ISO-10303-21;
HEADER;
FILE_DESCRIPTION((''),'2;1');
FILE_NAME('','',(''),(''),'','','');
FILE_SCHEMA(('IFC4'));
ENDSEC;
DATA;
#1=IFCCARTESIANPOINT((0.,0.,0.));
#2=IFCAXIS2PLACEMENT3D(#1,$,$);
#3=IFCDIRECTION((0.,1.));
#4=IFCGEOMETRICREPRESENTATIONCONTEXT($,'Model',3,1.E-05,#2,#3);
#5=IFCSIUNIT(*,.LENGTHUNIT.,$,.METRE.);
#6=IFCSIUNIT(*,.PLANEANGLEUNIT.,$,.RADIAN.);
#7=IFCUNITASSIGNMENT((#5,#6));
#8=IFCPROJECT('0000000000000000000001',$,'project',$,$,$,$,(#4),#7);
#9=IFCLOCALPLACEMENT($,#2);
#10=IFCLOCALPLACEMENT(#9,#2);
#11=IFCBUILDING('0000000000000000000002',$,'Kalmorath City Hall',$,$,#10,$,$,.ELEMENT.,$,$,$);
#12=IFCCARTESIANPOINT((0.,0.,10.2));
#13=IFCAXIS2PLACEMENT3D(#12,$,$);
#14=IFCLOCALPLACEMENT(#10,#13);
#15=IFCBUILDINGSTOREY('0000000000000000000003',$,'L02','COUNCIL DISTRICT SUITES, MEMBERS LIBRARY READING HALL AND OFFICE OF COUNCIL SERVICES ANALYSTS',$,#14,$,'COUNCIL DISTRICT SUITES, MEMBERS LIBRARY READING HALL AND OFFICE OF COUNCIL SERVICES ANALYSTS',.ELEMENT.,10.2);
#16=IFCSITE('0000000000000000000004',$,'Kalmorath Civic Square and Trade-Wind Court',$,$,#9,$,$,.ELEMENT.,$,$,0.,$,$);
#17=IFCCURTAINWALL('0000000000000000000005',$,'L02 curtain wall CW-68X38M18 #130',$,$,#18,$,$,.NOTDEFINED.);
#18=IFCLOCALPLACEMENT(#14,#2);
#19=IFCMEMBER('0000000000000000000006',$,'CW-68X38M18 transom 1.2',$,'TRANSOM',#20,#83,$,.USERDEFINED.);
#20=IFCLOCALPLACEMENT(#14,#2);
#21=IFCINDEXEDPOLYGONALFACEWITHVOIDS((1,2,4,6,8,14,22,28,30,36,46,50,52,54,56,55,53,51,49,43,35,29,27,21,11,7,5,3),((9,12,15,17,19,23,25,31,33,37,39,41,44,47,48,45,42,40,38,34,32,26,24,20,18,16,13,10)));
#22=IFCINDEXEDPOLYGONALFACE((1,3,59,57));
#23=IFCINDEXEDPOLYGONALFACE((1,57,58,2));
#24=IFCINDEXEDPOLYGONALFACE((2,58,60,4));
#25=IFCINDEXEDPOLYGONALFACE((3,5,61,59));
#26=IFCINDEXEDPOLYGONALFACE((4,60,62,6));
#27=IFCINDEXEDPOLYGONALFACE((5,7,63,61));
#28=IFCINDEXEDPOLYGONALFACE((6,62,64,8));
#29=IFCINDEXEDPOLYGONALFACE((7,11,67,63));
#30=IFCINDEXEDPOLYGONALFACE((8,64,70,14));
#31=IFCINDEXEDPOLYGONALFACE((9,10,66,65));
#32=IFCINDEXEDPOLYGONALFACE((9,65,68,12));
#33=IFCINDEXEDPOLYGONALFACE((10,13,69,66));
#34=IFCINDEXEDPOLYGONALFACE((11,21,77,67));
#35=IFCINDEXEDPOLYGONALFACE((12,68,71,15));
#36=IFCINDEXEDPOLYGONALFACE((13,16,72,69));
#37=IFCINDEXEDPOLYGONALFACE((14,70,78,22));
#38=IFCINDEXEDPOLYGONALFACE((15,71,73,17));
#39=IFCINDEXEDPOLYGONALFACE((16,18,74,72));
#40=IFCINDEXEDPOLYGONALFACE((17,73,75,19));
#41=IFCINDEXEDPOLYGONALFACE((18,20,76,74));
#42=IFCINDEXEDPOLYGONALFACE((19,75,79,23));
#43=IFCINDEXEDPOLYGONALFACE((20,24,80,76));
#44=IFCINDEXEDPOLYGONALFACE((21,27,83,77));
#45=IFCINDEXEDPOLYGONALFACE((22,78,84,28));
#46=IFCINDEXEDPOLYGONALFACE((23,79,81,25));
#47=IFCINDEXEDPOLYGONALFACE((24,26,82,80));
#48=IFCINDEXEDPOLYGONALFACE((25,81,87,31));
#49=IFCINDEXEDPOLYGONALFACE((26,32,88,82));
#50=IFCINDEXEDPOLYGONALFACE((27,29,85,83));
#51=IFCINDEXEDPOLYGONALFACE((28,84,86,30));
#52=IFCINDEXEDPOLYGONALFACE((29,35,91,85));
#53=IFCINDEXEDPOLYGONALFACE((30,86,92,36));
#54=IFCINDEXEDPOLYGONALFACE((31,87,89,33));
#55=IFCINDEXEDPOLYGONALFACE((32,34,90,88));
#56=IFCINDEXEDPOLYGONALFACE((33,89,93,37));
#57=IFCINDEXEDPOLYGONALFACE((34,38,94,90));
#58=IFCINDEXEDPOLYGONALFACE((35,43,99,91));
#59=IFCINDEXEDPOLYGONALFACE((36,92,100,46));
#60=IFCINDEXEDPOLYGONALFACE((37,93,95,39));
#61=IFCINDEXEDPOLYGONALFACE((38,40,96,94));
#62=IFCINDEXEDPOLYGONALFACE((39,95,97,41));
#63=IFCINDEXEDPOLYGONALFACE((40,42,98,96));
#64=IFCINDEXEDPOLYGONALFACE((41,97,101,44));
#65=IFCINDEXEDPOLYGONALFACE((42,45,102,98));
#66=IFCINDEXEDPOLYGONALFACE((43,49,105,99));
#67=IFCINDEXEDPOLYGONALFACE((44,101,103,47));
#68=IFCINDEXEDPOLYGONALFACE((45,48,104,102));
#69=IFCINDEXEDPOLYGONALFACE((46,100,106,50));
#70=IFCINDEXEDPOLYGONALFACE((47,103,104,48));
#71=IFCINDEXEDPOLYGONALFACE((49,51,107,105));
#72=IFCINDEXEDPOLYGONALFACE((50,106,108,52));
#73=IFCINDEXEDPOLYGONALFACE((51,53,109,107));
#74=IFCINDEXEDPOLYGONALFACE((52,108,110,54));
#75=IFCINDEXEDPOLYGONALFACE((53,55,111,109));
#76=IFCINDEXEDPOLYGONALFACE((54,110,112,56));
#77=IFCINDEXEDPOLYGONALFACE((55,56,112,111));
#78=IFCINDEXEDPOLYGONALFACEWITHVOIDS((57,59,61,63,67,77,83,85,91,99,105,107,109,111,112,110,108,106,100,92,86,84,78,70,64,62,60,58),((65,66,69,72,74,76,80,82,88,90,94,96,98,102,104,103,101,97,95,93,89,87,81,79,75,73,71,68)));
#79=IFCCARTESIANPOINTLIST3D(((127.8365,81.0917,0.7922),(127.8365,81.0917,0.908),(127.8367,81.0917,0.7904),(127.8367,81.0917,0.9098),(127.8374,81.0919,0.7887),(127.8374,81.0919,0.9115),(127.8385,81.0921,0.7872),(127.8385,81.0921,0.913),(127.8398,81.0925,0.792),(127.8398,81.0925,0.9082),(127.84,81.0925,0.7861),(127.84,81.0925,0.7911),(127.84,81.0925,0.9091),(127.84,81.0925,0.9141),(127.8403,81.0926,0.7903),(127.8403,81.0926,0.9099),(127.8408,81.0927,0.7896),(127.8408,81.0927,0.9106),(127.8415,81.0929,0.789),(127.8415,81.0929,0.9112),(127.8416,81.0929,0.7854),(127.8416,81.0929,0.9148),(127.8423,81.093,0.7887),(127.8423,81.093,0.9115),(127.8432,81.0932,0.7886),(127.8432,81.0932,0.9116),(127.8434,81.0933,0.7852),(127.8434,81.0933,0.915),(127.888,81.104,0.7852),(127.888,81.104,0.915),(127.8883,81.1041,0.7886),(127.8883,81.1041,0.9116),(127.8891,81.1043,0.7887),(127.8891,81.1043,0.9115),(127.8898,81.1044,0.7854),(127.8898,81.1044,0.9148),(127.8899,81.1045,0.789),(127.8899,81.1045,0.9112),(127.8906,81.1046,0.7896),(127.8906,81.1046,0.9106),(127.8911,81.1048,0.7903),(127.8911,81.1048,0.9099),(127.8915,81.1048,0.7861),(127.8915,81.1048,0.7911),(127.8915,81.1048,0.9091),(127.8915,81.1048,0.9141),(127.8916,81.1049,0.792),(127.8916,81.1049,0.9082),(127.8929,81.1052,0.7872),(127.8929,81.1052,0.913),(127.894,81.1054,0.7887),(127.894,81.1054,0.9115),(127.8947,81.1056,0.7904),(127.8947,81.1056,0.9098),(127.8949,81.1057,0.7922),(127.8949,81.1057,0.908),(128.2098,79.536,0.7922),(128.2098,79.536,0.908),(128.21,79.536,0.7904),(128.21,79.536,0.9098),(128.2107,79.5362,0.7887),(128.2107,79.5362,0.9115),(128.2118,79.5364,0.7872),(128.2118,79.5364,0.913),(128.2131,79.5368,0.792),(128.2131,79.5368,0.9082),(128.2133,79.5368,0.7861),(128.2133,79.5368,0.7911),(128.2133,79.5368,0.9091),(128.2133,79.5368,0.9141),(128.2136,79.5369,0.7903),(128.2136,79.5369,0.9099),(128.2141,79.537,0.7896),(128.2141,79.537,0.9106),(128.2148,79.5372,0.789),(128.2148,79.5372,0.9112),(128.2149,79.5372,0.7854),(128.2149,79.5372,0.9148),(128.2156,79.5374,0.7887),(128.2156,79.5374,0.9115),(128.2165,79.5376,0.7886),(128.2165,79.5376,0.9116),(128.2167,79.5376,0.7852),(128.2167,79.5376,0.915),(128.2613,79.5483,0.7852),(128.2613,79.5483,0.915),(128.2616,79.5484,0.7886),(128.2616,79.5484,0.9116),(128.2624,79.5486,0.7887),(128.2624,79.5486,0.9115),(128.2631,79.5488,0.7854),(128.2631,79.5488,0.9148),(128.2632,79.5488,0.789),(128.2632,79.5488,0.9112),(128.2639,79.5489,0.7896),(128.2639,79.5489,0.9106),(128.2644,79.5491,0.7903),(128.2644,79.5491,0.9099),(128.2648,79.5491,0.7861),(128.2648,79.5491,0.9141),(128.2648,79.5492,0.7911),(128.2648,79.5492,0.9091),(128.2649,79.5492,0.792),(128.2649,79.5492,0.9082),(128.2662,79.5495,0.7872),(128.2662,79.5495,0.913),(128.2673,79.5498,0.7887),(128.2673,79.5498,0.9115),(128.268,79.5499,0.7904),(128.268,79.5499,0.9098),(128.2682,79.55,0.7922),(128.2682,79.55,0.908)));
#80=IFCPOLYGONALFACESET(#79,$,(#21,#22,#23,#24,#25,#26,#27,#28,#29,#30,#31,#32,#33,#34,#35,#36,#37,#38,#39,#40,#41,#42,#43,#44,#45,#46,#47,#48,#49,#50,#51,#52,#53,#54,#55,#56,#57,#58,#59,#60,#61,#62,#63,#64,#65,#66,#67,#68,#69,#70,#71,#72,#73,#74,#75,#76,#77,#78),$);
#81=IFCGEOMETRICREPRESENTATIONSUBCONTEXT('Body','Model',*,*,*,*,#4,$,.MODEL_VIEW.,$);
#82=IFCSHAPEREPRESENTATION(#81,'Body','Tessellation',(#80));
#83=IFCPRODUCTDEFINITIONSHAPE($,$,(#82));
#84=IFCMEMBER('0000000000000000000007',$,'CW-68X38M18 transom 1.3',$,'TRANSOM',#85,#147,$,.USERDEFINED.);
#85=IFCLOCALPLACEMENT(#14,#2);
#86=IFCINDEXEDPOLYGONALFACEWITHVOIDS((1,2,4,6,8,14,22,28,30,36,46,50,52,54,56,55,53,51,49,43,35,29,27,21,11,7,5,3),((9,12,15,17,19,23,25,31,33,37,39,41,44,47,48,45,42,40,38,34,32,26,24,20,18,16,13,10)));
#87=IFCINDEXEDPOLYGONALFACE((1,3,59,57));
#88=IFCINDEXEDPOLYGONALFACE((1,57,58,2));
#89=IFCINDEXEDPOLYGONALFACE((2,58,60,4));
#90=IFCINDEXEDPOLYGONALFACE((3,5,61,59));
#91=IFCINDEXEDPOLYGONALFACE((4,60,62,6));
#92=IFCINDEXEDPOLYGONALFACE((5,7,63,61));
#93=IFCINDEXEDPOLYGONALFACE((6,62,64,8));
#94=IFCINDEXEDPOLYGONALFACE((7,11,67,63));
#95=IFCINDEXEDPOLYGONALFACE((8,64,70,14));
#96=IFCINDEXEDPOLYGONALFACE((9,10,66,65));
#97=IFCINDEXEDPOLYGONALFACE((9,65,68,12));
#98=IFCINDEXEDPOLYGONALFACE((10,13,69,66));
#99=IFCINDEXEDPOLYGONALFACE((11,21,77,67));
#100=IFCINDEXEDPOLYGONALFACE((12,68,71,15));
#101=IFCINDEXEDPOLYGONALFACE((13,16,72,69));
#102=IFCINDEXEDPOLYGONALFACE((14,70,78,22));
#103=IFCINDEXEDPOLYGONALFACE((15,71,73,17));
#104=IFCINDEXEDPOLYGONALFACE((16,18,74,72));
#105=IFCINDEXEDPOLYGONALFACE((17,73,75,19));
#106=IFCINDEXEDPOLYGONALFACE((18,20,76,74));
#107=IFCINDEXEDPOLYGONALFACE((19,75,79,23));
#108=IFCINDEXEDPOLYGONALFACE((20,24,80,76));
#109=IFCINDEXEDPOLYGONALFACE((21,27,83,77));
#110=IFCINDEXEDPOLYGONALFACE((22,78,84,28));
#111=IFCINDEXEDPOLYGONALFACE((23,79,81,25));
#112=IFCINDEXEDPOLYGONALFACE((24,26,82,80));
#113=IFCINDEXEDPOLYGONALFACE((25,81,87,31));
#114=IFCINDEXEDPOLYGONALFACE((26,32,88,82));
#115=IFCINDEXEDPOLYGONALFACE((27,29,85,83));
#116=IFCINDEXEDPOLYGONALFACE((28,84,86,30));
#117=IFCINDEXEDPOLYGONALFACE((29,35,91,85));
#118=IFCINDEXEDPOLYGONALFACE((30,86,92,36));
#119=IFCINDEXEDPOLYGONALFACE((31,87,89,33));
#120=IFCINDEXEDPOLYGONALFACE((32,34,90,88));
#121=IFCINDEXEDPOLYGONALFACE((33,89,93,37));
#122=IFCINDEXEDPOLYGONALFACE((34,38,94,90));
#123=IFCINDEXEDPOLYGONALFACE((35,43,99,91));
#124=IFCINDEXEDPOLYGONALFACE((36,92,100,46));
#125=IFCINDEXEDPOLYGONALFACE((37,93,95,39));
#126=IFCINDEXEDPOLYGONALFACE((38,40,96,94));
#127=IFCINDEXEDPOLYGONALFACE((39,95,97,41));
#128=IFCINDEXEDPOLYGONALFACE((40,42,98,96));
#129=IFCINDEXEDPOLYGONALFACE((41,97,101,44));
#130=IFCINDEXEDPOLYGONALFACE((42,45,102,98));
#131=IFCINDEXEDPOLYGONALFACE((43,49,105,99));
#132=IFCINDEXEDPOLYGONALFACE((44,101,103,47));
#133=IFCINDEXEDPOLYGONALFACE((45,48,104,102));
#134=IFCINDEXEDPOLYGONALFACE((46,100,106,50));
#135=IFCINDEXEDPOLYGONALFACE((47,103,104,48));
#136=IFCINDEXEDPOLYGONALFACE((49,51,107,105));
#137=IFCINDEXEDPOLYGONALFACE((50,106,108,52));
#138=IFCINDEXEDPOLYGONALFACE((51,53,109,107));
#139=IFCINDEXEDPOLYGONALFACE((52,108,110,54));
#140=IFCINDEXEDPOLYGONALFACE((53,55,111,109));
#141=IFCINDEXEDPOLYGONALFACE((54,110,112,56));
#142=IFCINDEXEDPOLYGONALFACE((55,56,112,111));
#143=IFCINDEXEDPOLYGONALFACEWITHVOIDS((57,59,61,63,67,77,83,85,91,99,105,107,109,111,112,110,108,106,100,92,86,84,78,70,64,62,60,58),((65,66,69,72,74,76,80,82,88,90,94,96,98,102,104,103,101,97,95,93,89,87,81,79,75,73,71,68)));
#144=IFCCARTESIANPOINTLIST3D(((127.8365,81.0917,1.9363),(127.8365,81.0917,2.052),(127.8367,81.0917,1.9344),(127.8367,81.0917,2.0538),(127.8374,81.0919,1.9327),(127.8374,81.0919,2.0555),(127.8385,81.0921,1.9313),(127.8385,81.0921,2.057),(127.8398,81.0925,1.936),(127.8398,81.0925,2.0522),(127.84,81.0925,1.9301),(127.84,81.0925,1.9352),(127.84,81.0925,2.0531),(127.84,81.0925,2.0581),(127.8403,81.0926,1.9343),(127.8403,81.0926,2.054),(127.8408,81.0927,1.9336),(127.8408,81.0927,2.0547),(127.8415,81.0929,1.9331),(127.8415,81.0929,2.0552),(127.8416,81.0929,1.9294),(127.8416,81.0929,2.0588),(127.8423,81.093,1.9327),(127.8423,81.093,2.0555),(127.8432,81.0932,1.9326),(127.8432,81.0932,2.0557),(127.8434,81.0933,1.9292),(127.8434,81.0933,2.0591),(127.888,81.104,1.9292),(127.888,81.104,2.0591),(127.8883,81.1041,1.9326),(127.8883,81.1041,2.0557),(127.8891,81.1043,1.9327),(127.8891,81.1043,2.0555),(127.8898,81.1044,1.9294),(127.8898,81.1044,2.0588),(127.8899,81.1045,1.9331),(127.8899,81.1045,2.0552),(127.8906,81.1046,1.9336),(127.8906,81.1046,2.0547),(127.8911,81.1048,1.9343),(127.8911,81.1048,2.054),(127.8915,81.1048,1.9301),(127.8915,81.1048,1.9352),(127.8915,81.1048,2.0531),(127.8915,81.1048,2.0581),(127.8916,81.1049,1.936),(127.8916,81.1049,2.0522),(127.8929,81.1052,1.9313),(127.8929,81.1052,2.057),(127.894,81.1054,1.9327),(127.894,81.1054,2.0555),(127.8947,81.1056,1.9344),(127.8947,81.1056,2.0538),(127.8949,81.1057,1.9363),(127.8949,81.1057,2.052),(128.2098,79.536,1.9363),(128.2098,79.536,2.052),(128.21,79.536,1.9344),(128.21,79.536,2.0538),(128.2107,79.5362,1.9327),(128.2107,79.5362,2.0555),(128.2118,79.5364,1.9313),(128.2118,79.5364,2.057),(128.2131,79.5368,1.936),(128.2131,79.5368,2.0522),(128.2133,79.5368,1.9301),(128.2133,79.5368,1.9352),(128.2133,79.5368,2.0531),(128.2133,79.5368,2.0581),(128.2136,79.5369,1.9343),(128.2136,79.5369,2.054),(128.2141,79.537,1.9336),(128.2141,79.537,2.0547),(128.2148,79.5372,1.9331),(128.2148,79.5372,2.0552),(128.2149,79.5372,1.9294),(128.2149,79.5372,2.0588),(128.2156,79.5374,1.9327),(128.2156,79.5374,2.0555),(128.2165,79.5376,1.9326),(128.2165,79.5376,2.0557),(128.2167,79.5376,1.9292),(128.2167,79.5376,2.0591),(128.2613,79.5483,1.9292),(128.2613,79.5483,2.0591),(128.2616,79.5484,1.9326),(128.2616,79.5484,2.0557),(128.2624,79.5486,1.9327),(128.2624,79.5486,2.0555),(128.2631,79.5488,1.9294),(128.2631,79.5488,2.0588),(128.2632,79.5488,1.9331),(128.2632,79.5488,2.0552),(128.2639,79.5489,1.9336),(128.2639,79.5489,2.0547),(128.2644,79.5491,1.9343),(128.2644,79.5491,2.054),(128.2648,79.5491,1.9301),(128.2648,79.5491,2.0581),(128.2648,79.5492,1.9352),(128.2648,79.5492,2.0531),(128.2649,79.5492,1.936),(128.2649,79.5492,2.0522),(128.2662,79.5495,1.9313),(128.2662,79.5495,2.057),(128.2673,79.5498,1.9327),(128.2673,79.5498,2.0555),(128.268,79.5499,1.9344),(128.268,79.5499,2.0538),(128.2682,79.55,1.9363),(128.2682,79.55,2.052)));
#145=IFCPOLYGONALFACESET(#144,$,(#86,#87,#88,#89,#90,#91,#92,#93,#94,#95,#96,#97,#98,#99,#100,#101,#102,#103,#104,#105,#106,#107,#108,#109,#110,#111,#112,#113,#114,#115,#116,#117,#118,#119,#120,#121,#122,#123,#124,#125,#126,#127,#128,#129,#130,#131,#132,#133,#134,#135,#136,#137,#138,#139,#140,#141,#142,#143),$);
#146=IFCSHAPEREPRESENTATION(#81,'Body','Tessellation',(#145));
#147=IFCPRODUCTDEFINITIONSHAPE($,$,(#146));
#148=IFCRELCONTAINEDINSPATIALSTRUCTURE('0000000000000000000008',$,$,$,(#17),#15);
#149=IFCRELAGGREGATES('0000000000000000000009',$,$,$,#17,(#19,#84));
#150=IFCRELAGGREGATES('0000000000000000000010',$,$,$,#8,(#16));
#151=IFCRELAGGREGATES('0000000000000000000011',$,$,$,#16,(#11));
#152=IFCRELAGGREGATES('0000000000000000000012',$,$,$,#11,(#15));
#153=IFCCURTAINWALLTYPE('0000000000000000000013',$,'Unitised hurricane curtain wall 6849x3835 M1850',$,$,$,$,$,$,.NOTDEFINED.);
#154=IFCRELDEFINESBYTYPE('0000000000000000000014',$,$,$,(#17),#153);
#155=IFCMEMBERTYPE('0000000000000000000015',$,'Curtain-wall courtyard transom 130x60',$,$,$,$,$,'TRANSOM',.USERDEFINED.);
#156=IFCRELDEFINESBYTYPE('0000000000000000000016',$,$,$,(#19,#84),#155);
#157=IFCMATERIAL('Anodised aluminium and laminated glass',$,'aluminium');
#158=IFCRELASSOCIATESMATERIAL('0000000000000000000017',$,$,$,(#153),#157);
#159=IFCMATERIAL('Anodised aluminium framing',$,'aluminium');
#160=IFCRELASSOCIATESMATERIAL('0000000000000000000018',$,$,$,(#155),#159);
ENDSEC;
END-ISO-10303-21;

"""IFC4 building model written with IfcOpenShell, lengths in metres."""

from ifc_helpers import new_model, si_unit, direction, frame, origin, origin_2d, place, context, subcontext, project, spatial, hollow_rectangle, extrude, material, material_profile, profile_set, type_object, element, aggregate, save


model = new_model("IFC4")

# Units and contexts
model_context = context("Model", 3, precision=1e-05, world=origin(), true_north=direction((0.0, 1.0)))
body_context = subcontext(model_context, "Body", "Model", "MODEL_VIEW")
ifc_project = project(units=[si_unit("LENGTHUNIT", "METRE"), si_unit("PLANEANGLEUNIT", "RADIAN")], contexts=[model_context])

# Site, building, storey
site_placement = place(None, origin())
site = spatial("IfcSite", under=ifc_project, at=site_placement, Name="Kalmorath Civic Square and Trade-Wind Court", CompositionType="ELEMENT", RefElevation=0.0)
building_placement = place(site_placement, origin())
building = spatial("IfcBuilding", under=site, at=building_placement, Name="Kalmorath City Hall", CompositionType="ELEMENT")
storey_placement = place(building_placement, frame((0.0, 0.0, 10.2)))
storey = spatial("IfcBuildingStorey", under=building, at=storey_placement, Name="L02", Description="COUNCIL DISTRICT SUITES, MEMBERS LIBRARY READING HALL AND OFFICE OF COUNCIL SERVICES ANALYSTS", LongName="COUNCIL DISTRICT SUITES, MEMBERS LIBRARY READING HALL AND OFFICE OF COUNCIL SERVICES ANALYSTS", CompositionType="ELEMENT", Elevation=10.2)

# Curtain wall, members
ifc_material_1 = material(Name="Anodised aluminium and laminated glass", Category="aluminium")
curtain_wall_type = type_object("IfcCurtainWallType", Name="Unitised hurricane curtain wall 6849x3835 M1850", PredefinedType="NOTDEFINED", material=ifc_material_1)
ifc_material_2 = material(Name="Anodised aluminium framing", Category="aluminium")
ifc_material_profile_1 = material_profile(ifc_material_2, hollow_rectangle(XDim=0.0601, YDim=0.1299, WallThickness=0.0034, InnerFilletRadius=0.0034, OuterFilletRadius=0.0071, at=origin_2d()), Name="ALU-TRN-130X60X3.5")
ifc_profile_set_1 = profile_set([ifc_material_profile_1], Name="Anodised aluminium framing")
member_type_1 = type_object("IfcMemberType", Name="Curtain-wall courtyard transom 130x60", ElementType="TRANSOM", PredefinedType="USERDEFINED", material=ifc_profile_set_1)
curtain_wall_1_placement = place(storey_placement, origin())
curtain_wall_1 = element("IfcCurtainWall", 1, at=curtain_wall_1_placement, inside=storey, type_object=curtain_wall_type, Name="L02 curtain wall CW-68X38M18 #130", PredefinedType="NOTDEFINED")
member_1_placement = place(storey_placement, frame((128.239, 79.543, 0.8501), z_axis=(-0.233333, 0.972397, 0.0), x_axis=(-0.972397, -0.233333, 0.0)))
member_1 = element("IfcMember", 2, at=member_1_placement, type_object=member_type_1, Name="CW-68X38M18 transom 1.2", ObjectType="TRANSOM", PredefinedType="USERDEFINED", context=body_context, shape_type="SweptSolid", body=[
    extrude(hollow_rectangle(XDim=0.0601, YDim=0.1299, WallThickness=0.0034, InnerFilletRadius=0.0034, OuterFilletRadius=0.0071, at=origin_2d()), origin(), (0.0, 0.0, 1.0), 1.5999),
])
member_2_placement = place(storey_placement, frame((128.239, 79.543, 1.9941), z_axis=(-0.233333, 0.972397, 0.0), x_axis=(-0.972397, -0.233333, 0.0)))
member_2 = element("IfcMember", 3, at=member_2_placement, type_object=member_type_1, Name="CW-68X38M18 transom 1.3", ObjectType="TRANSOM", PredefinedType="USERDEFINED", context=body_context, shape_type="SweptSolid", body=[
    extrude(hollow_rectangle(XDim=0.0601, YDim=0.1299, WallThickness=0.0034, InnerFilletRadius=0.0034, OuterFilletRadius=0.0071, at=origin_2d()), origin(), (0.0, 0.0, 1.0), 1.5999),
])

aggregate(curtain_wall_1, [member_1, member_2])

save(model, "model.ifc")
